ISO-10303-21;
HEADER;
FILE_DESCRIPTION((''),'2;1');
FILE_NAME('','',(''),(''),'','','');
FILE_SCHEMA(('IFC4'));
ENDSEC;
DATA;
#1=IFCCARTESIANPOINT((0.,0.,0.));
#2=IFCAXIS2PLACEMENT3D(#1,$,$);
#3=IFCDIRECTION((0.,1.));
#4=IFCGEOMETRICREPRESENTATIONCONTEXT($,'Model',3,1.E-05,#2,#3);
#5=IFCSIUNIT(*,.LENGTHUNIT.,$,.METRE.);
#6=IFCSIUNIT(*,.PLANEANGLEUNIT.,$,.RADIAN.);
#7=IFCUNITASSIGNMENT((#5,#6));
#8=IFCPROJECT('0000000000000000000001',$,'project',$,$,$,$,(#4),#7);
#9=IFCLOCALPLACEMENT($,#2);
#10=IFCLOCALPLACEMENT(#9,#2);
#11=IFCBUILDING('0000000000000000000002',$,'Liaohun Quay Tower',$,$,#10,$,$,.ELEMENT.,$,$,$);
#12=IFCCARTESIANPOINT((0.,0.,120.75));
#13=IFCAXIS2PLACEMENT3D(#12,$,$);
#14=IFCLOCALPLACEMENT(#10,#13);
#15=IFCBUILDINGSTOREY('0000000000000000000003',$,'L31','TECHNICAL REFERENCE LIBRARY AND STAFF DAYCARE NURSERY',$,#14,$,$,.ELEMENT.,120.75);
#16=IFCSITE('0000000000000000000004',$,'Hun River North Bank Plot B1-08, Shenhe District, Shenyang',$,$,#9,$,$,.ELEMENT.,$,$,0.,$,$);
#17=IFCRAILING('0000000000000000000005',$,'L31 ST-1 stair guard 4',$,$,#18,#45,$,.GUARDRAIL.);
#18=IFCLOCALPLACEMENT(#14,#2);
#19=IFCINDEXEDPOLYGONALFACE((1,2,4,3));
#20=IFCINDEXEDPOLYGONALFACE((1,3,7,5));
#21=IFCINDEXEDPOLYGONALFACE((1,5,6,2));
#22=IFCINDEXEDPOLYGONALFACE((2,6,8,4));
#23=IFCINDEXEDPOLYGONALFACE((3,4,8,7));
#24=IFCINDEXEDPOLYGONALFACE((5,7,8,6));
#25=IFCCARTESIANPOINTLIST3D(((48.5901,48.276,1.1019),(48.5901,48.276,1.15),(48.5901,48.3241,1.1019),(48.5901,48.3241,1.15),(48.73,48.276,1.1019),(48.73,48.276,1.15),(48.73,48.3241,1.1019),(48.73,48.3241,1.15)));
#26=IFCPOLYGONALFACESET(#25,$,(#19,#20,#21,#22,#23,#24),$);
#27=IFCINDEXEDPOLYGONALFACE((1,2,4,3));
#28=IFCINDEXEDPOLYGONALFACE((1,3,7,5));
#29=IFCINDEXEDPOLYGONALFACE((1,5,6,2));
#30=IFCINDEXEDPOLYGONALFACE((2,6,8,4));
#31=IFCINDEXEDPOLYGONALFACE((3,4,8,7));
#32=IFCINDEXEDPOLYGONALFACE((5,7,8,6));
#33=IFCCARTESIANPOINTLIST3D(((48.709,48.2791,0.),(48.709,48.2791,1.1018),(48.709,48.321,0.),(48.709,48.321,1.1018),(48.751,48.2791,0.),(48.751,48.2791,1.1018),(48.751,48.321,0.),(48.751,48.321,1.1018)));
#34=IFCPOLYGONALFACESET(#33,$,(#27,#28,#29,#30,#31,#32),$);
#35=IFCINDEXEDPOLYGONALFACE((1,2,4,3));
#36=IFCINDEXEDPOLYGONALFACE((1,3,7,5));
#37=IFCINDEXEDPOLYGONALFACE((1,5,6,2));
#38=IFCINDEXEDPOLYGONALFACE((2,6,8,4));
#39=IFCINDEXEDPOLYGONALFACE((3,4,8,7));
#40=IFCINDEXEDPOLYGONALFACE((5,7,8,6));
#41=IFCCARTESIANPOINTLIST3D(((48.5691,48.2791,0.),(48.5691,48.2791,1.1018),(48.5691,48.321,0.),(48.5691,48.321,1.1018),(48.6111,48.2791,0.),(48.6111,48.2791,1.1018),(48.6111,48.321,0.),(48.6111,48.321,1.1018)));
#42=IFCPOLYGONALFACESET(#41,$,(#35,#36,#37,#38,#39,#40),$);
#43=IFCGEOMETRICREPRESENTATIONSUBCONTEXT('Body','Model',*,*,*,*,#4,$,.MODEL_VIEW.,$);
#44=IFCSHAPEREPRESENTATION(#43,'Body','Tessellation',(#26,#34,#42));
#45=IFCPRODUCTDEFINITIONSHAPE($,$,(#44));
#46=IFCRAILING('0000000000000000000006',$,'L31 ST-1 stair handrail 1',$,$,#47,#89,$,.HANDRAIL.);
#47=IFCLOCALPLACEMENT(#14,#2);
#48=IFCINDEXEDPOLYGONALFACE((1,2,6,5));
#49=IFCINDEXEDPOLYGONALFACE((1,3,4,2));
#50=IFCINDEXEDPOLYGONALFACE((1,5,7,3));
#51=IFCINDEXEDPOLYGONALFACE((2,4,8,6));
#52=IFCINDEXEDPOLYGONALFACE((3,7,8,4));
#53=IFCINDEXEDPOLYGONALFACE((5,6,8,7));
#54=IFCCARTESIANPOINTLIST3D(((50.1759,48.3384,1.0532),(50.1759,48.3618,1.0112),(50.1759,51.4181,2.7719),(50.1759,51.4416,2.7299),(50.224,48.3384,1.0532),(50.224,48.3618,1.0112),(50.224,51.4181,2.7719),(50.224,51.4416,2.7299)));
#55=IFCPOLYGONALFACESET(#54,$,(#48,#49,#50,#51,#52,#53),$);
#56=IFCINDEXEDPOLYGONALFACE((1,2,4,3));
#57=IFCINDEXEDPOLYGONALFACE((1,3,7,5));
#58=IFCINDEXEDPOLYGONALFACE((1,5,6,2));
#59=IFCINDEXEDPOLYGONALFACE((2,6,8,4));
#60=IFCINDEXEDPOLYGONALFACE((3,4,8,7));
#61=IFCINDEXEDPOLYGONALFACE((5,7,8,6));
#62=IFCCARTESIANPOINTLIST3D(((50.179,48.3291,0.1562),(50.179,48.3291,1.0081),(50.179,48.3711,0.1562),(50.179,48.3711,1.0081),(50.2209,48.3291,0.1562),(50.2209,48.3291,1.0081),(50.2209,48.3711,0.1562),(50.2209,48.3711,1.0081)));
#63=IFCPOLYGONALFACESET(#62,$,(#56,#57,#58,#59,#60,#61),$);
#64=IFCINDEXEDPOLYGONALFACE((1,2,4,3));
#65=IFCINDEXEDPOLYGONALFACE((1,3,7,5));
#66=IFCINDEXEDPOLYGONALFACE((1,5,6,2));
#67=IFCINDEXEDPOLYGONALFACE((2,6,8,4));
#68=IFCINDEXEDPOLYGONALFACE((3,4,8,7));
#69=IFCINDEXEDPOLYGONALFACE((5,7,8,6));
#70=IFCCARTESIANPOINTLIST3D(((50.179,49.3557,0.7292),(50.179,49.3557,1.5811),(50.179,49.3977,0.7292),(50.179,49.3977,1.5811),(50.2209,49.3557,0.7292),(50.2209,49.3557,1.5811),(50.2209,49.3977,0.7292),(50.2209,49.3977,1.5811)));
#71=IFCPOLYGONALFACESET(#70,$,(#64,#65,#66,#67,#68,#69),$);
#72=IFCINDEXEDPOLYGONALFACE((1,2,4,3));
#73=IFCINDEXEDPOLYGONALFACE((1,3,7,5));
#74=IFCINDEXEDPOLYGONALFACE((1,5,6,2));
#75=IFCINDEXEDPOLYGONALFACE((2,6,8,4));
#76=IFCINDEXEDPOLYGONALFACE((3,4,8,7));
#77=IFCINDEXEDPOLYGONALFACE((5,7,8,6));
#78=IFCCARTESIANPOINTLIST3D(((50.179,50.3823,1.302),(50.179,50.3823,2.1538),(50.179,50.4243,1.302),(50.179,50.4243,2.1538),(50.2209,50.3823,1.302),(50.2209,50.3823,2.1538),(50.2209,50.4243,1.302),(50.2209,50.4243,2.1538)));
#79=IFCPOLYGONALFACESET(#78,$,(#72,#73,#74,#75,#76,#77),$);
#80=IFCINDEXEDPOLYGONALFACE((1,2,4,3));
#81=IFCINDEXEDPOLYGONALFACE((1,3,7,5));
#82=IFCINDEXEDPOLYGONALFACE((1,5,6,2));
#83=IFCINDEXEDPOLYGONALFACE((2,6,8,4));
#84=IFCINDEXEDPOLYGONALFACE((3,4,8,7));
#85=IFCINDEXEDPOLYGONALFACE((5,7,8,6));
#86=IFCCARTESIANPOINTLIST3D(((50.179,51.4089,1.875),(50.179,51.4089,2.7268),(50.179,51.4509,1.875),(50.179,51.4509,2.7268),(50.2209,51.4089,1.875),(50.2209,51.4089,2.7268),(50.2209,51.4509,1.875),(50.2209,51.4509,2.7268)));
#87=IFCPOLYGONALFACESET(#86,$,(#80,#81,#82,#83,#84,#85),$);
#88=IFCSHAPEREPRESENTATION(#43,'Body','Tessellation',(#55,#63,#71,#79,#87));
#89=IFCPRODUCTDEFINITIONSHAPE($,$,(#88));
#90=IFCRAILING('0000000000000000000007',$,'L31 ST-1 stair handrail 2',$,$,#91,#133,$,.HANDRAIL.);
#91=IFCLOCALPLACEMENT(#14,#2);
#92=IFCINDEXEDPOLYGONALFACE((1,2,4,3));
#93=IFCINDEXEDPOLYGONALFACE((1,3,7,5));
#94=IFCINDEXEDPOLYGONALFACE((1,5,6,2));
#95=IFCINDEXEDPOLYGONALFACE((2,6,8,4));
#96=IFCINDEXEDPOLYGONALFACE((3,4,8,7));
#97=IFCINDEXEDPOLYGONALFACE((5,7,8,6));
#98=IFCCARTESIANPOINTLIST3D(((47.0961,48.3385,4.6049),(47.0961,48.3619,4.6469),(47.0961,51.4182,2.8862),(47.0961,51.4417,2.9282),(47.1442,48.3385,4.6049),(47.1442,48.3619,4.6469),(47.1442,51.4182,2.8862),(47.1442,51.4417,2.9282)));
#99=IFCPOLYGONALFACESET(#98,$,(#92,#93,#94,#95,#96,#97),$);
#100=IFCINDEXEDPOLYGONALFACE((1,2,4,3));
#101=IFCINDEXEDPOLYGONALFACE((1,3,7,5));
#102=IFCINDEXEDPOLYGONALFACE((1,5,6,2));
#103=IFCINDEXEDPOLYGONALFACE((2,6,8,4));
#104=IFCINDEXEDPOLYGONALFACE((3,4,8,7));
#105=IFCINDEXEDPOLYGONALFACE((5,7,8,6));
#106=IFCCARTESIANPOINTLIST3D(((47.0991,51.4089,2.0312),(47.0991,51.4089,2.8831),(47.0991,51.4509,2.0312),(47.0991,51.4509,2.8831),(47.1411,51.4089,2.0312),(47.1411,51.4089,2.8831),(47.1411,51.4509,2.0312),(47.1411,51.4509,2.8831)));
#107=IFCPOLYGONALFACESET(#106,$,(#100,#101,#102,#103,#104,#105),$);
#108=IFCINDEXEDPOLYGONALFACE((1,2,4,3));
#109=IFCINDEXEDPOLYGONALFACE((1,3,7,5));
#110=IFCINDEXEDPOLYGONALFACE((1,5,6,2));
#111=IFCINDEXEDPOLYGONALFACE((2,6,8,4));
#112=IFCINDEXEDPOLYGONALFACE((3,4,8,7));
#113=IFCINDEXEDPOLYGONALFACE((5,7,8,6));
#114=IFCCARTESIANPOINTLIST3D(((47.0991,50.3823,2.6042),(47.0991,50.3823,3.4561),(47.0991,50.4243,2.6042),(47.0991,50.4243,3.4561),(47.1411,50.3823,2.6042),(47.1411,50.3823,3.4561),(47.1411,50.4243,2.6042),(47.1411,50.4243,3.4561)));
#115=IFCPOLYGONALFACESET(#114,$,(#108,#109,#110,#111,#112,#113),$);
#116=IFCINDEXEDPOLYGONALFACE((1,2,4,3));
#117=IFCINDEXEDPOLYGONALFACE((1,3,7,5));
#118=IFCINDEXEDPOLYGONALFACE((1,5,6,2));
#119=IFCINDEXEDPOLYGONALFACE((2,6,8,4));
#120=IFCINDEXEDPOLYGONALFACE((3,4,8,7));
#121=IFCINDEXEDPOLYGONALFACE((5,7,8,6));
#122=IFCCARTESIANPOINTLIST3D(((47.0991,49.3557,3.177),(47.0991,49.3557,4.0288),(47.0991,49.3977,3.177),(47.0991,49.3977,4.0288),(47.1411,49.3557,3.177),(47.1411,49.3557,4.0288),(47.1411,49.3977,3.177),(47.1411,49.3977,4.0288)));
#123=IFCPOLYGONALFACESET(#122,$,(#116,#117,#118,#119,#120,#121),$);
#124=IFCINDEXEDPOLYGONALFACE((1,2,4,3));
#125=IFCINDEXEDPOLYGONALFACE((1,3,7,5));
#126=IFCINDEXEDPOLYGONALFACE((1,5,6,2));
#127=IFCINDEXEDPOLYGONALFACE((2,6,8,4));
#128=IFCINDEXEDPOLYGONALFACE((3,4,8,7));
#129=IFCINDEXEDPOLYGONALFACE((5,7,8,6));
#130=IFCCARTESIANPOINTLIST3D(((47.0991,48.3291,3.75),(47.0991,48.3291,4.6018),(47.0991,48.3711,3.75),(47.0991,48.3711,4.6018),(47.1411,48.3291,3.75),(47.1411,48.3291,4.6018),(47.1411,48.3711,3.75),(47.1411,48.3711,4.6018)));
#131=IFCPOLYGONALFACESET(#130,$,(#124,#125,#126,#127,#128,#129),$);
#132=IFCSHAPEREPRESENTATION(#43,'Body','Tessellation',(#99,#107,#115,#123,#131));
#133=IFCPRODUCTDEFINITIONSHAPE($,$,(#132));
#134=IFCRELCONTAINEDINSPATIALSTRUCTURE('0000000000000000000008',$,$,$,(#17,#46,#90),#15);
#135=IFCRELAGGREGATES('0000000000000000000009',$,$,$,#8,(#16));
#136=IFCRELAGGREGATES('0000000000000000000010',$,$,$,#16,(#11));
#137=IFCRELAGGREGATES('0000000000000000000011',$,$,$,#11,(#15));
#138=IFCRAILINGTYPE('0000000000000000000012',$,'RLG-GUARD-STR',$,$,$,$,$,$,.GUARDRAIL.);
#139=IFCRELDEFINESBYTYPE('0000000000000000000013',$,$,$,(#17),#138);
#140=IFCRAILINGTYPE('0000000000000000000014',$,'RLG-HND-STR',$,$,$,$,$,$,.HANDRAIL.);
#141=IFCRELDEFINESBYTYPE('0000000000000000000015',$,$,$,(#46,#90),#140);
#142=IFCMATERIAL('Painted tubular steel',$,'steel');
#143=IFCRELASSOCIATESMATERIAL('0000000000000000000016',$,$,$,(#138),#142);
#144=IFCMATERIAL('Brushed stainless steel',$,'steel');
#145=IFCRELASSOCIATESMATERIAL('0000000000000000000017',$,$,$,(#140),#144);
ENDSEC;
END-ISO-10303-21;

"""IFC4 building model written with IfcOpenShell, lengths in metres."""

from ifc_helpers import new_model, si_unit, direction, frame, origin, origin_2d, place, context, subcontext, project, spatial, rectangle, extrude, material, type_object, element, save


model = new_model("IFC4")

# Units and contexts
model_context = context("Model", 3, precision=1e-05, world=origin(), true_north=direction((0.0, 1.0)))
body_context = subcontext(model_context, "Body", "Model", "MODEL_VIEW")
ifc_project = project(units=[si_unit("LENGTHUNIT", "METRE"), si_unit("PLANEANGLEUNIT", "RADIAN")], contexts=[model_context])

# Site, building, storey
site_placement = place(None, origin())
site = spatial("IfcSite", under=ifc_project, at=site_placement, Name="Hun River North Bank Plot B1-08, Shenhe District, Shenyang", CompositionType="ELEMENT", RefElevation=0.0)
building_placement = place(site_placement, origin())
building = spatial("IfcBuilding", under=site, at=building_placement, Name="Liaohun Quay Tower", CompositionType="ELEMENT")
storey_placement = place(building_placement, frame((0.0, 0.0, 120.75)))
storey = spatial("IfcBuildingStorey", under=building, at=storey_placement, Name="L31", Description="TECHNICAL REFERENCE LIBRARY AND STAFF DAYCARE NURSERY", CompositionType="ELEMENT", Elevation=120.75)

# Railings
ifc_material_1 = material(Name="Painted tubular steel", Category="steel")
railing_type_1 = type_object("IfcRailingType", Name="RLG-GUARD-STR", PredefinedType="GUARDRAIL", material=ifc_material_1)
railing_1_placement = place(storey_placement, frame((48.73, 48.3, 0.0)))
element("IfcRailing", 1, at=railing_1_placement, inside=storey, type_object=railing_type_1, Name="L31 ST-1 stair guard 4", PredefinedType="GUARDRAIL", context=body_context, shape_type="SweptSolid", body=[
    extrude(rectangle(XDim=0.0481, YDim=0.0481, at=origin_2d()), frame((0.0, 0.0, 1.126), z_axis=(-1.0, 0.0, 0.0), x_axis=(0.0, -1.0, 0.0)), (0.0, 0.0, 1.0), 0.1399),
    extrude(rectangle(XDim=0.042, YDim=0.042, at=origin_2d()), origin(), (0.0, 0.0, 1.0), 1.1018),
    extrude(rectangle(XDim=0.042, YDim=0.042, at=origin_2d()), frame((-0.1399, 0.0, 0.0)), (0.0, 0.0, 1.0), 1.1018),
])
ifc_material_2 = material(Name="Brushed stainless steel", Category="steel")
railing_type_2 = type_object("IfcRailingType", Name="RLG-HND-STR", PredefinedType="HANDRAIL", material=ifc_material_2)
railing_2_placement = place(storey_placement, frame((50.2, 48.3501, 0.1562)))
element("IfcRailing", 2, at=railing_2_placement, inside=storey, type_object=railing_type_2, Name="L31 ST-1 stair handrail 1", PredefinedType="HANDRAIL", context=body_context, shape_type="SweptSolid", body=[
    extrude(rectangle(XDim=0.0481, YDim=0.0481, at=origin_2d()), frame((0.0, 0.0, 0.876), z_axis=(0.0, 0.873225, 0.487317), x_axis=(-1.0, 0.0, 0.0)), (0.0, 0.0, 1.0), 3.5269),
    extrude(rectangle(XDim=0.042, YDim=0.042, at=origin_2d()), origin(), (0.0, 0.0, 1.0), 0.8518),
    extrude(rectangle(XDim=0.042, YDim=0.042, at=origin_2d()), frame((0.0, 1.0266, 0.573)), (0.0, 0.0, 1.0), 0.8518),
    extrude(rectangle(XDim=0.042, YDim=0.042, at=origin_2d()), frame((0.0, 2.0532, 1.1458)), (0.0, 0.0, 1.0), 0.8518),
    extrude(rectangle(XDim=0.042, YDim=0.042, at=origin_2d()), frame((0.0, 3.0798, 1.7188)), (0.0, 0.0, 1.0), 0.8518),
])
railing_3_placement = place(storey_placement, frame((47.1201, 51.4299, 2.0312)))
element("IfcRailing", 3, at=railing_3_placement, inside=storey, type_object=railing_type_2, Name="L31 ST-1 stair handrail 2", PredefinedType="HANDRAIL", context=body_context, shape_type="SweptSolid", body=[
    extrude(rectangle(XDim=0.0481, YDim=0.0481, at=origin_2d()), frame((0.0, 0.0, 0.876), z_axis=(0.0, -0.873225, 0.487317), x_axis=(1.0, 0.0, 0.0)), (0.0, 0.0, 1.0), 3.5269),
    extrude(rectangle(XDim=0.042, YDim=0.042, at=origin_2d()), origin(), (0.0, 0.0, 1.0), 0.8518),
    extrude(rectangle(XDim=0.042, YDim=0.042, at=origin_2d()), frame((0.0, -1.0266, 0.573)), (0.0, 0.0, 1.0), 0.8518),
    extrude(rectangle(XDim=0.042, YDim=0.042, at=origin_2d()), frame((0.0, -2.0532, 1.1458)), (0.0, 0.0, 1.0), 0.8518),
    extrude(rectangle(XDim=0.042, YDim=0.042, at=origin_2d()), frame((0.0, -3.0798, 1.7188)), (0.0, 0.0, 1.0), 0.8518),
])

save(model, "model.ifc")
